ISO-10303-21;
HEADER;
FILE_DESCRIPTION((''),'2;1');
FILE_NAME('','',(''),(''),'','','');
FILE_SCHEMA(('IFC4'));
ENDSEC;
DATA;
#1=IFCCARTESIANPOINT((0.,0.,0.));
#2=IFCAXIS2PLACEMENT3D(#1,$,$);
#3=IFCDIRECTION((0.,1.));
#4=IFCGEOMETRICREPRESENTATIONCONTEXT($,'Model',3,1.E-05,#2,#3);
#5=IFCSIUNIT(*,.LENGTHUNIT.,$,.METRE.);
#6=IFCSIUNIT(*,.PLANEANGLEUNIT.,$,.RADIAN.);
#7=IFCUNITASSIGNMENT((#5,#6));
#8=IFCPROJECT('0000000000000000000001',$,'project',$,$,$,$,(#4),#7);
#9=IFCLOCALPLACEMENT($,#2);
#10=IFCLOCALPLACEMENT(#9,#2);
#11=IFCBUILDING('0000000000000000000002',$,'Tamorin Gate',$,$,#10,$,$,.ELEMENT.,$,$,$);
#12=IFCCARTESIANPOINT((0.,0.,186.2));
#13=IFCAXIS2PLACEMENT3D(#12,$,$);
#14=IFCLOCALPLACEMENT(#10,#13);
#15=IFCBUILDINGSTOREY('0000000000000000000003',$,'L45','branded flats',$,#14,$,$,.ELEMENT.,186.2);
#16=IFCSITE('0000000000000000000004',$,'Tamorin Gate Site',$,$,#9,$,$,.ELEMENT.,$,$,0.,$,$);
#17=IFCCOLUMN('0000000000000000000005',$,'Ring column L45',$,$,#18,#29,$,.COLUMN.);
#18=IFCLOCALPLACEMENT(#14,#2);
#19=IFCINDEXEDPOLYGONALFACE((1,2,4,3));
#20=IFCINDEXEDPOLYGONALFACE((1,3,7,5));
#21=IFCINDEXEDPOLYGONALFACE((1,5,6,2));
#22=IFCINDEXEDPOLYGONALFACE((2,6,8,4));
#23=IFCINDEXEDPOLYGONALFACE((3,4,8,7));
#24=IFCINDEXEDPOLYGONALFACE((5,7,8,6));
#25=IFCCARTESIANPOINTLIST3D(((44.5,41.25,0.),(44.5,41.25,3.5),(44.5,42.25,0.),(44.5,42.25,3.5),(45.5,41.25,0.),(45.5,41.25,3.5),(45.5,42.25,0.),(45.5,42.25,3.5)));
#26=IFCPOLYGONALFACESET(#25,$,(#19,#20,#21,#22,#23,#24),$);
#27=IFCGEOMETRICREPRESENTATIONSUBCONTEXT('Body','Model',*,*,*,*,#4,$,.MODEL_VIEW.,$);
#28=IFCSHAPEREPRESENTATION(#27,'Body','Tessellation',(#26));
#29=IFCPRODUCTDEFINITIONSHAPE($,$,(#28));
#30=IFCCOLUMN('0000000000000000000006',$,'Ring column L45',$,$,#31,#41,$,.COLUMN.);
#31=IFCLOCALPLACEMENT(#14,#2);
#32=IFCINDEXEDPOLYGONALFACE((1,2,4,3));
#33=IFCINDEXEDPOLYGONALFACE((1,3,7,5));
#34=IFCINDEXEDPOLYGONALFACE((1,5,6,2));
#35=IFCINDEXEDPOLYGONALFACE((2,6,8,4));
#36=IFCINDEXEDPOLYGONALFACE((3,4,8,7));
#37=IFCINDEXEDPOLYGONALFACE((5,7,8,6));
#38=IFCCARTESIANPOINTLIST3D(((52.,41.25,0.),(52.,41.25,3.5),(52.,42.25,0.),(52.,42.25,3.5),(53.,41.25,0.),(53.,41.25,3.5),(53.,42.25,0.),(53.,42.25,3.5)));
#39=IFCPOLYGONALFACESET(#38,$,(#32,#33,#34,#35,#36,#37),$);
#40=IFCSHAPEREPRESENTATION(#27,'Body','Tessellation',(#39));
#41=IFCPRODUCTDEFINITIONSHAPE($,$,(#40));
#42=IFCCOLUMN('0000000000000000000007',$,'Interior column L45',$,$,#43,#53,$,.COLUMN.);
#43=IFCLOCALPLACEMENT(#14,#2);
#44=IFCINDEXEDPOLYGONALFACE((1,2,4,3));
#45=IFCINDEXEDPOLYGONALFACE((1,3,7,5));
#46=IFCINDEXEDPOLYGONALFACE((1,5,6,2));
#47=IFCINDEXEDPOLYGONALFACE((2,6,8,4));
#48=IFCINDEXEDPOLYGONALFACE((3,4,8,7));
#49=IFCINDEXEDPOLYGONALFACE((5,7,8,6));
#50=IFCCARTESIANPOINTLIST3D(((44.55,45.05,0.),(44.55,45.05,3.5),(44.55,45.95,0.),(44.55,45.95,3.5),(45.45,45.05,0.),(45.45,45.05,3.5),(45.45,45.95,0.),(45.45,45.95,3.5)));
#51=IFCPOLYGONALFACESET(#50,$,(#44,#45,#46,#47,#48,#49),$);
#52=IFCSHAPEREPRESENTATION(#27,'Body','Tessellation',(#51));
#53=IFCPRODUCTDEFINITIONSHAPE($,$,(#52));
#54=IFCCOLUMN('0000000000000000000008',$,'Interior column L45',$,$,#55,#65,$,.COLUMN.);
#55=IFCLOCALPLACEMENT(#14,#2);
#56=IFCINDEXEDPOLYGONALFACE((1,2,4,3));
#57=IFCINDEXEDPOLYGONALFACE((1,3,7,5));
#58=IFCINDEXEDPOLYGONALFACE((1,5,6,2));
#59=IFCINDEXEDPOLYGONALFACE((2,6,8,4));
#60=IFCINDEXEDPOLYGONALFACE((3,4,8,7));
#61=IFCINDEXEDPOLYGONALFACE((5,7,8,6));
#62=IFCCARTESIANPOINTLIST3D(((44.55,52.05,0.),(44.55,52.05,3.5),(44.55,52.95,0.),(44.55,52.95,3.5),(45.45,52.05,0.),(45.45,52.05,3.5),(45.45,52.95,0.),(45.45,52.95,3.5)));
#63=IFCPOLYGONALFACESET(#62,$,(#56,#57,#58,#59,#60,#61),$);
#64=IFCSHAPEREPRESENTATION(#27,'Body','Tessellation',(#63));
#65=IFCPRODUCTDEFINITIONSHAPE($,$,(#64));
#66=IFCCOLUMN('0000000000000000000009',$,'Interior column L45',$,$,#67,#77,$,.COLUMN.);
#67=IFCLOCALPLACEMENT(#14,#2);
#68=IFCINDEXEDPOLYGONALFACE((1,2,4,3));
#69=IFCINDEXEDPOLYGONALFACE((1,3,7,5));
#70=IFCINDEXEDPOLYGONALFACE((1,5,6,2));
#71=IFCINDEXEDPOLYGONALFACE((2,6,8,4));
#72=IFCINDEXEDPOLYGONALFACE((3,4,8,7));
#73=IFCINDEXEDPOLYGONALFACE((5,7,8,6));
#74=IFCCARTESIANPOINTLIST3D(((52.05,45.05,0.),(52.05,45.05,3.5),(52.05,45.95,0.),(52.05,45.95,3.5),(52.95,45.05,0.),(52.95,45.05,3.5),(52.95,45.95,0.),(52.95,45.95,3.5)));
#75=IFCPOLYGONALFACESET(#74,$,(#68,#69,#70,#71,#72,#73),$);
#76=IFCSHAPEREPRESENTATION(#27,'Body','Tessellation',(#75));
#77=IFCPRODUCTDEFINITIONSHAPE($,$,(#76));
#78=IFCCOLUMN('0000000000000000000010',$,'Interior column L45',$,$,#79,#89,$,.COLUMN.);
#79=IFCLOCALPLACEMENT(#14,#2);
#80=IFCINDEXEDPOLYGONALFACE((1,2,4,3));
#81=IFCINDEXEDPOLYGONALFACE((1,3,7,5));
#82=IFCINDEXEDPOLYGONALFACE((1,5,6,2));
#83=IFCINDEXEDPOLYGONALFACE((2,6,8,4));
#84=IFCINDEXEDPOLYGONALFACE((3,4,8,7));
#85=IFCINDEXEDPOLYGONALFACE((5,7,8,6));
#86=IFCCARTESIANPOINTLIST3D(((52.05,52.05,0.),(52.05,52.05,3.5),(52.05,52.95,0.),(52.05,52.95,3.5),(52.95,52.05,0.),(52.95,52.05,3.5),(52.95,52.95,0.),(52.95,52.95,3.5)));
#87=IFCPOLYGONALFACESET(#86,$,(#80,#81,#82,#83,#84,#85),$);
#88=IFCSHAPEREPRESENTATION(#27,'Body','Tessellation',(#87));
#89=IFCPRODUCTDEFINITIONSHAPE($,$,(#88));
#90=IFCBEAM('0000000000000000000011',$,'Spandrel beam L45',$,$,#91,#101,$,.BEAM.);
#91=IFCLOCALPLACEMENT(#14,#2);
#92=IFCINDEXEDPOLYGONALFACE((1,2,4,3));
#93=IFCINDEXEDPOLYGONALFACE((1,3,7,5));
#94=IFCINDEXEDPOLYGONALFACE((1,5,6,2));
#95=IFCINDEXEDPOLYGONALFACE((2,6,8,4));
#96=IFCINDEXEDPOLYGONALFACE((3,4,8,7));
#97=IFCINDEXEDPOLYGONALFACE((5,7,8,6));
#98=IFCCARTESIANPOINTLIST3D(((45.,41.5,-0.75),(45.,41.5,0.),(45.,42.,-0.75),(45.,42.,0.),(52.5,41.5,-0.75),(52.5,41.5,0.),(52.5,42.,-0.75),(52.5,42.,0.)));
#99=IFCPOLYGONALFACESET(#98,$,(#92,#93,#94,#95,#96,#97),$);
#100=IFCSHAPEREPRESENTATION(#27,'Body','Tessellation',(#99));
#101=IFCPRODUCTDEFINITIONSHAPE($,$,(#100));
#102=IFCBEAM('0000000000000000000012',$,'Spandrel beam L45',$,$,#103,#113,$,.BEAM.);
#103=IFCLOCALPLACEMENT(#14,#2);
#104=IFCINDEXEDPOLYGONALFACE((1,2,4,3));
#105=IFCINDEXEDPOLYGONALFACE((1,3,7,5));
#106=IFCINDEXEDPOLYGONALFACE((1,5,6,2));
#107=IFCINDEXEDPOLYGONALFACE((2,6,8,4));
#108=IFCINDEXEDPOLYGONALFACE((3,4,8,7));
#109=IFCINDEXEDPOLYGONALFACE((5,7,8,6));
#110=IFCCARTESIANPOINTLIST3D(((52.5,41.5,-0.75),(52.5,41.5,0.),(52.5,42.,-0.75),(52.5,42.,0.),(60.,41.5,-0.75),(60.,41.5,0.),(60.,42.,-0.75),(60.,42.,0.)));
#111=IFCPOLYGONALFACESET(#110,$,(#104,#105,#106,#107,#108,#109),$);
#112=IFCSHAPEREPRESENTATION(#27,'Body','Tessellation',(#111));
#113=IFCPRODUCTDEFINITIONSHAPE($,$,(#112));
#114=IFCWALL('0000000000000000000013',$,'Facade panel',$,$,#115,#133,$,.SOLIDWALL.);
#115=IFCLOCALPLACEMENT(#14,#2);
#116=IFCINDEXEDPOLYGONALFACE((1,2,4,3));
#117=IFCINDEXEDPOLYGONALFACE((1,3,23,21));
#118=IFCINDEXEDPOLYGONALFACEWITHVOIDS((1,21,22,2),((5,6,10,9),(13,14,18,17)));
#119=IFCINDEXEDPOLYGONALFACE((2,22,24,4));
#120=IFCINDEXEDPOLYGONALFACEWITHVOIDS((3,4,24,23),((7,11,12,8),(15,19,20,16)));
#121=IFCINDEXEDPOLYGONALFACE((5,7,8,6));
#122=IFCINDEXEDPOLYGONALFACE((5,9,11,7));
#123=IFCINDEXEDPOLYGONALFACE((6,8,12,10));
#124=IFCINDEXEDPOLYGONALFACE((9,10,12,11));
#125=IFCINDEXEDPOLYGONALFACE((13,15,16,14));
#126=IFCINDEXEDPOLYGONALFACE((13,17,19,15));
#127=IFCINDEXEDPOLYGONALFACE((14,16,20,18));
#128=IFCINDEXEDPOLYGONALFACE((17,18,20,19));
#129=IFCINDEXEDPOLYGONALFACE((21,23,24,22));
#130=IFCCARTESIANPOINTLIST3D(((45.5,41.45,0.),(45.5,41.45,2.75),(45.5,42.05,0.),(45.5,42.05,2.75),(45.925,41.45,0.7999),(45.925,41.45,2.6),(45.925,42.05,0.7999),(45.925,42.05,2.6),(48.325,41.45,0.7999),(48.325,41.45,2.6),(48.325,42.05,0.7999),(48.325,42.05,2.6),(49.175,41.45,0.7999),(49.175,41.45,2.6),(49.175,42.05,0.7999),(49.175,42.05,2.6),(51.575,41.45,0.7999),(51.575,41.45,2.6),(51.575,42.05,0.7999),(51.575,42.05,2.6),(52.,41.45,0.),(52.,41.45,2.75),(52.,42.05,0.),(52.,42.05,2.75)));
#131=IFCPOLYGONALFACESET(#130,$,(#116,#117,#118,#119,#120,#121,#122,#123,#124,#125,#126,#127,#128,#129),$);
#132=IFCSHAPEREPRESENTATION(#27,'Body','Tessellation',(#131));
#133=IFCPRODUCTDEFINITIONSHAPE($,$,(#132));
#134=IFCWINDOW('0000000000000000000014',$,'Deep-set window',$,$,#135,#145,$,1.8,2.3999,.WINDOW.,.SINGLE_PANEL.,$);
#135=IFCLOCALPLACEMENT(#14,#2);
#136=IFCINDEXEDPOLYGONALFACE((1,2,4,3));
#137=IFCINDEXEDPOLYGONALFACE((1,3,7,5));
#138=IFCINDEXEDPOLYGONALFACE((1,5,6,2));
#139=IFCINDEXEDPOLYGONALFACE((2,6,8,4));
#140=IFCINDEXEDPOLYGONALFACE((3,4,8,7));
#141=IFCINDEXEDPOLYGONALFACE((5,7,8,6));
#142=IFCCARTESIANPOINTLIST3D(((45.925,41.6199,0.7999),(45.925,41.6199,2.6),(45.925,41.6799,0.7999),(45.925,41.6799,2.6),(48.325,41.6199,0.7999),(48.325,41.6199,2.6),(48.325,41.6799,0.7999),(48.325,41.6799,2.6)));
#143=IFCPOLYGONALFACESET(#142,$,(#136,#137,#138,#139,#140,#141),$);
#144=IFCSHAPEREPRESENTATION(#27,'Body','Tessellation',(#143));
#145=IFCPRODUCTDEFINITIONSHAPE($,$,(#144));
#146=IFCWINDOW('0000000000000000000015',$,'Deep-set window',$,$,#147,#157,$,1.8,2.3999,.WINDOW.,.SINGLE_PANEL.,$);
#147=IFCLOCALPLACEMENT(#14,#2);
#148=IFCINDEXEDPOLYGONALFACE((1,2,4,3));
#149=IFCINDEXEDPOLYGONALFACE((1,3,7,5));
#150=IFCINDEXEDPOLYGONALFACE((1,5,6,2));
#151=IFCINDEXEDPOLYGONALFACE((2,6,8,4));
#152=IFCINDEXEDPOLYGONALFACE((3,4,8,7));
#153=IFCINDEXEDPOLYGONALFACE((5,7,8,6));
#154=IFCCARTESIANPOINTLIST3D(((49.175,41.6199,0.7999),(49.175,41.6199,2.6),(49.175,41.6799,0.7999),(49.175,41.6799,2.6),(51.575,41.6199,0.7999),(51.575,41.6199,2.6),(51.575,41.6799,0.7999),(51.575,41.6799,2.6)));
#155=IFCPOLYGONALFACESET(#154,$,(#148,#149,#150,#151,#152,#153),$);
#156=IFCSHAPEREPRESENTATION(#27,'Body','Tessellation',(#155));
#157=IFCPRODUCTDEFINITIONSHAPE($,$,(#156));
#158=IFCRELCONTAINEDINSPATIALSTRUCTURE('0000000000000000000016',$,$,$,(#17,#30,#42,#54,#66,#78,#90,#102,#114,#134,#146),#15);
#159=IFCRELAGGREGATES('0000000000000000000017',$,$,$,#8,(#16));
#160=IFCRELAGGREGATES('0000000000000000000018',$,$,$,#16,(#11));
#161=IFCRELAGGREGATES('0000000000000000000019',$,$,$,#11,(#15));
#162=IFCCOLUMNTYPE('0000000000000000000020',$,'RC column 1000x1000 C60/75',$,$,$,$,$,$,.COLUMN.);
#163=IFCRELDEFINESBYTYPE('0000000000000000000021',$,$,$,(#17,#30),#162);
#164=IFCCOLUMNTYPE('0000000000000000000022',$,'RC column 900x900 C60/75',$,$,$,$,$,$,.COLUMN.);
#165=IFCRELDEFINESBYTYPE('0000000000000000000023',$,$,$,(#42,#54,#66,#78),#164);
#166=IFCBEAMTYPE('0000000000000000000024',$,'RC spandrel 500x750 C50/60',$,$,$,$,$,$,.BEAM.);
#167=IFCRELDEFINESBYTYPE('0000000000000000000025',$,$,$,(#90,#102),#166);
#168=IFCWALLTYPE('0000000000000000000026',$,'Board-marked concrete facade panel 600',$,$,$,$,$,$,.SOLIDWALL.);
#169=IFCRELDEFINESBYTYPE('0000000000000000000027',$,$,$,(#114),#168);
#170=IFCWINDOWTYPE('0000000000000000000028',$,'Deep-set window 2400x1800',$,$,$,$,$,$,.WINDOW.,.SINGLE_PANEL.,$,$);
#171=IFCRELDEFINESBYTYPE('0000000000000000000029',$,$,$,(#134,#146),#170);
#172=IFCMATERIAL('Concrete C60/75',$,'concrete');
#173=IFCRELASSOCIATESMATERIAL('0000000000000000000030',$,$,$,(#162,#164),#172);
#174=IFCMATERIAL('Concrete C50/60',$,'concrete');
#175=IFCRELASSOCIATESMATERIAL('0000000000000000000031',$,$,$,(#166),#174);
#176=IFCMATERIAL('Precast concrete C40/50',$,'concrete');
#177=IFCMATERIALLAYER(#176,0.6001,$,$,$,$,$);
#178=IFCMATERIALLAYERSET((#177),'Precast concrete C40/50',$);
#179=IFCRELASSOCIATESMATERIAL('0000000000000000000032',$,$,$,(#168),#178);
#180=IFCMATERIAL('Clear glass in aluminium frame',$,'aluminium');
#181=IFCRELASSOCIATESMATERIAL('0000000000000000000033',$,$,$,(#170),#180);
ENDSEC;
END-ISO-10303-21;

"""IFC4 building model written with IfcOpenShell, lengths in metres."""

from ifc_helpers import new_model, si_unit, direction, frame, frame_2d, origin, origin_2d, place, context, subcontext, project, spatial, rectangle, extrude, material, layer, layer_set, material_profile, profile_set, type_object, element, fill, save


model = new_model("IFC4")

# Units and contexts
model_context = context("Model", 3, precision=1e-05, world=origin(), true_north=direction((0.0, 1.0)))
body_context = subcontext(model_context, "Body", "Model", "MODEL_VIEW")
ifc_project = project(units=[si_unit("LENGTHUNIT", "METRE"), si_unit("PLANEANGLEUNIT", "RADIAN")], contexts=[model_context])

# Site, building, storey
site_placement = place(None, origin())
site = spatial("IfcSite", under=ifc_project, at=site_placement, Name="Tamorin Gate Site", CompositionType="ELEMENT", RefElevation=0.0)
building_placement = place(site_placement, origin())
building = spatial("IfcBuilding", under=site, at=building_placement, Name="Tamorin Gate", CompositionType="ELEMENT")
storey_placement = place(building_placement, frame((0.0, 0.0, 186.2)))
storey = spatial("IfcBuildingStorey", under=building, at=storey_placement, Name="L45", Description="branded flats", CompositionType="ELEMENT", Elevation=186.2)

# Columns
ifc_material_1 = material(Name="Concrete C60/75", Category="concrete")
ifc_material_profile_1 = material_profile(ifc_material_1, rectangle(XDim=1.0, YDim=1.0, at=origin_2d()), Name="RC 1000x1000")
ifc_profile_set_1 = profile_set([ifc_material_profile_1], Name="Concrete C60/75")
column_type_1 = type_object("IfcColumnType", Name="RC column 1000x1000 C60/75", PredefinedType="COLUMN", material=ifc_profile_set_1)
for number, where, z_axis, x_axis, name in (
    (1, (45.0, 41.75, 0.0), (0.0, 0.0, 1.0), (1.0, 0.0, 0.0), "Ring column L45"),
    (2, (52.5, 41.75, 0.0), (0.0, 0.0, 1.0), (1.0, 0.0, 0.0), "Ring column L45"),
):
    element("IfcColumn", number, at=place(storey_placement, frame(where, z_axis=z_axis, x_axis=x_axis)), inside=storey, type_object=column_type_1, Name=name, PredefinedType="COLUMN", context=body_context, shape_type="SweptSolid", body=[
        extrude(rectangle(XDim=1.0, YDim=1.0, at=origin_2d()), origin(), (0.0, 0.0, 1.0), 3.5),
    ])
ifc_material_profile_2 = material_profile(ifc_material_1, rectangle(XDim=0.8999, YDim=0.8999, at=origin_2d()), Name="RC 900x900")
ifc_profile_set_2 = profile_set([ifc_material_profile_2], Name="Concrete C60/75")
column_type_2 = type_object("IfcColumnType", Name="RC column 900x900 C60/75", PredefinedType="COLUMN", material=ifc_profile_set_2)
for number, where, z_axis, x_axis, name in (
    (3, (45.0, 45.5, 0.0), (0.0, 0.0, 1.0), (1.0, 0.0, 0.0), "Interior column L45"),
    (4, (45.0, 52.5, 0.0), (0.0, 0.0, 1.0), (1.0, 0.0, 0.0), "Interior column L45"),
    (5, (52.5, 45.5, 0.0), (0.0, 0.0, 1.0), (1.0, 0.0, 0.0), "Interior column L45"),
    (6, (52.5, 52.5, 0.0), (0.0, 0.0, 1.0), (1.0, 0.0, 0.0), "Interior column L45"),
):
    element("IfcColumn", number, at=place(storey_placement, frame(where, z_axis=z_axis, x_axis=x_axis)), inside=storey, type_object=column_type_2, Name=name, PredefinedType="COLUMN", context=body_context, shape_type="SweptSolid", body=[
        extrude(rectangle(XDim=0.8999, YDim=0.8999, at=origin_2d()), origin(), (0.0, 0.0, 1.0), 3.5),
    ])

# Beams
ifc_material_2 = material(Name="Concrete C50/60", Category="concrete")
ifc_material_profile_3 = material_profile(ifc_material_2, rectangle(XDim=0.5, YDim=0.75, at=origin_2d()), Name="RC 500x750")
ifc_profile_set_3 = profile_set([ifc_material_profile_3], Name="Concrete C50/60")
beam_type = type_object("IfcBeamType", Name="RC spandrel 500x750 C50/60", PredefinedType="BEAM", material=ifc_profile_set_3)
for number, where, z_axis, x_axis, name in (
    (7, (45.0, 41.75, -0.375), (1.0, 0.0, 0.0), (0.0, 1.0, 0.0), "Spandrel beam L45"),
    (8, (52.5, 41.75, -0.375), (1.0, 0.0, 0.0), (0.0, 1.0, 0.0), "Spandrel beam L45"),
):
    element("IfcBeam", number, at=place(storey_placement, frame(where, z_axis=z_axis, x_axis=x_axis)), inside=storey, type_object=beam_type, Name=name, PredefinedType="BEAM", context=body_context, shape_type="SweptSolid", body=[
        extrude(rectangle(XDim=0.5, YDim=0.75, at=origin_2d()), origin(), (0.0, 0.0, 1.0), 7.5),
    ])

# Wall, openings, windows
ifc_material_3 = material(Name="Precast concrete C40/50", Category="concrete")
ifc_layer_1 = layer(ifc_material_3, 0.6001)
ifc_layer_set_1 = layer_set([ifc_layer_1], Name="Precast concrete C40/50")
wall_type_1 = type_object("IfcWallType", Name="Board-marked concrete facade panel 600", PredefinedType="SOLIDWALL", material=ifc_layer_set_1)
wall_1_placement = place(storey_placement, frame((45.5, 41.75, 0.0), z_axis=(0.0, 0.0, 1.0), x_axis=(1.0, 0.0, 0.0)))
wall_1 = element("IfcWall", 9, at=wall_1_placement, inside=storey, type_object=wall_type_1, Name="Facade panel", PredefinedType="SOLIDWALL", context=body_context, shape_type="SweptSolid", body=[
    extrude(rectangle(XDim=6.5, YDim=0.6001, at=frame_2d((3.25, 0.0))), origin(), (0.0, 0.0, 1.0), 2.75),
])
opening_1_placement = place(wall_1_placement, frame((0.425, 0.0, 0.8)))
opening_1 = element("IfcOpeningElement", 10, at=opening_1_placement, cuts=wall_1, PredefinedType="OPENING", context=body_context, shape_type="SweptSolid", body=[
    extrude(rectangle(XDim=2.3999, YDim=1.8, at=frame_2d((1.2, 0.8999))), frame((0.0, 0.3101, 0.0), z_axis=(0.0, -1.0, 0.0), x_axis=(1.0, 0.0, 0.0)), (0.0, 0.0, 1.0), 0.6201),
])
opening_2_placement = place(wall_1_placement, frame((3.675, 0.0, 0.8)))
opening_2 = element("IfcOpeningElement", 11, at=opening_2_placement, cuts=wall_1, PredefinedType="OPENING", context=body_context, shape_type="SweptSolid", body=[
    extrude(rectangle(XDim=2.3999, YDim=1.8, at=frame_2d((1.2, 0.8999))), frame((0.0, 0.3101, 0.0), z_axis=(0.0, -1.0, 0.0), x_axis=(1.0, 0.0, 0.0)), (0.0, 0.0, 1.0), 0.6201),
])
ifc_material_4 = material(Name="Clear glass in aluminium frame", Category="aluminium")
window_type = type_object("IfcWindowType", Name="Deep-set window 2400x1800", PartitioningType="SINGLE_PANEL", PredefinedType="WINDOW", material=ifc_material_4)
window_1_placement = place(opening_1_placement, origin())
window_1 = element("IfcWindow", 12, at=window_1_placement, inside=storey, type_object=window_type, Name="Deep-set window", OverallHeight=1.8, OverallWidth=2.3999, PartitioningType="SINGLE_PANEL", PredefinedType="WINDOW", context=body_context, shape_type="SweptSolid", body=[
    extrude(rectangle(XDim=2.3999, YDim=1.8, at=frame_2d((1.2, 0.8999))), frame((0.0, -0.0701, 0.0), z_axis=(0.0, -1.0, 0.0), x_axis=(1.0, 0.0, 0.0)), (0.0, 0.0, 1.0), 0.0601),
])
fill(opening_1, window_1)
window_2_placement = place(opening_2_placement, origin())
window_2 = element("IfcWindow", 13, at=window_2_placement, inside=storey, type_object=window_type, Name="Deep-set window", OverallHeight=1.8, OverallWidth=2.3999, PartitioningType="SINGLE_PANEL", PredefinedType="WINDOW", context=body_context, shape_type="SweptSolid", body=[
    extrude(rectangle(XDim=2.3999, YDim=1.8, at=frame_2d((1.2, 0.8999))), frame((0.0, -0.0701, 0.0), z_axis=(0.0, -1.0, 0.0), x_axis=(1.0, 0.0, 0.0)), (0.0, 0.0, 1.0), 0.0601),
])
fill(opening_2, window_2)

save(model, "model.ifc")
